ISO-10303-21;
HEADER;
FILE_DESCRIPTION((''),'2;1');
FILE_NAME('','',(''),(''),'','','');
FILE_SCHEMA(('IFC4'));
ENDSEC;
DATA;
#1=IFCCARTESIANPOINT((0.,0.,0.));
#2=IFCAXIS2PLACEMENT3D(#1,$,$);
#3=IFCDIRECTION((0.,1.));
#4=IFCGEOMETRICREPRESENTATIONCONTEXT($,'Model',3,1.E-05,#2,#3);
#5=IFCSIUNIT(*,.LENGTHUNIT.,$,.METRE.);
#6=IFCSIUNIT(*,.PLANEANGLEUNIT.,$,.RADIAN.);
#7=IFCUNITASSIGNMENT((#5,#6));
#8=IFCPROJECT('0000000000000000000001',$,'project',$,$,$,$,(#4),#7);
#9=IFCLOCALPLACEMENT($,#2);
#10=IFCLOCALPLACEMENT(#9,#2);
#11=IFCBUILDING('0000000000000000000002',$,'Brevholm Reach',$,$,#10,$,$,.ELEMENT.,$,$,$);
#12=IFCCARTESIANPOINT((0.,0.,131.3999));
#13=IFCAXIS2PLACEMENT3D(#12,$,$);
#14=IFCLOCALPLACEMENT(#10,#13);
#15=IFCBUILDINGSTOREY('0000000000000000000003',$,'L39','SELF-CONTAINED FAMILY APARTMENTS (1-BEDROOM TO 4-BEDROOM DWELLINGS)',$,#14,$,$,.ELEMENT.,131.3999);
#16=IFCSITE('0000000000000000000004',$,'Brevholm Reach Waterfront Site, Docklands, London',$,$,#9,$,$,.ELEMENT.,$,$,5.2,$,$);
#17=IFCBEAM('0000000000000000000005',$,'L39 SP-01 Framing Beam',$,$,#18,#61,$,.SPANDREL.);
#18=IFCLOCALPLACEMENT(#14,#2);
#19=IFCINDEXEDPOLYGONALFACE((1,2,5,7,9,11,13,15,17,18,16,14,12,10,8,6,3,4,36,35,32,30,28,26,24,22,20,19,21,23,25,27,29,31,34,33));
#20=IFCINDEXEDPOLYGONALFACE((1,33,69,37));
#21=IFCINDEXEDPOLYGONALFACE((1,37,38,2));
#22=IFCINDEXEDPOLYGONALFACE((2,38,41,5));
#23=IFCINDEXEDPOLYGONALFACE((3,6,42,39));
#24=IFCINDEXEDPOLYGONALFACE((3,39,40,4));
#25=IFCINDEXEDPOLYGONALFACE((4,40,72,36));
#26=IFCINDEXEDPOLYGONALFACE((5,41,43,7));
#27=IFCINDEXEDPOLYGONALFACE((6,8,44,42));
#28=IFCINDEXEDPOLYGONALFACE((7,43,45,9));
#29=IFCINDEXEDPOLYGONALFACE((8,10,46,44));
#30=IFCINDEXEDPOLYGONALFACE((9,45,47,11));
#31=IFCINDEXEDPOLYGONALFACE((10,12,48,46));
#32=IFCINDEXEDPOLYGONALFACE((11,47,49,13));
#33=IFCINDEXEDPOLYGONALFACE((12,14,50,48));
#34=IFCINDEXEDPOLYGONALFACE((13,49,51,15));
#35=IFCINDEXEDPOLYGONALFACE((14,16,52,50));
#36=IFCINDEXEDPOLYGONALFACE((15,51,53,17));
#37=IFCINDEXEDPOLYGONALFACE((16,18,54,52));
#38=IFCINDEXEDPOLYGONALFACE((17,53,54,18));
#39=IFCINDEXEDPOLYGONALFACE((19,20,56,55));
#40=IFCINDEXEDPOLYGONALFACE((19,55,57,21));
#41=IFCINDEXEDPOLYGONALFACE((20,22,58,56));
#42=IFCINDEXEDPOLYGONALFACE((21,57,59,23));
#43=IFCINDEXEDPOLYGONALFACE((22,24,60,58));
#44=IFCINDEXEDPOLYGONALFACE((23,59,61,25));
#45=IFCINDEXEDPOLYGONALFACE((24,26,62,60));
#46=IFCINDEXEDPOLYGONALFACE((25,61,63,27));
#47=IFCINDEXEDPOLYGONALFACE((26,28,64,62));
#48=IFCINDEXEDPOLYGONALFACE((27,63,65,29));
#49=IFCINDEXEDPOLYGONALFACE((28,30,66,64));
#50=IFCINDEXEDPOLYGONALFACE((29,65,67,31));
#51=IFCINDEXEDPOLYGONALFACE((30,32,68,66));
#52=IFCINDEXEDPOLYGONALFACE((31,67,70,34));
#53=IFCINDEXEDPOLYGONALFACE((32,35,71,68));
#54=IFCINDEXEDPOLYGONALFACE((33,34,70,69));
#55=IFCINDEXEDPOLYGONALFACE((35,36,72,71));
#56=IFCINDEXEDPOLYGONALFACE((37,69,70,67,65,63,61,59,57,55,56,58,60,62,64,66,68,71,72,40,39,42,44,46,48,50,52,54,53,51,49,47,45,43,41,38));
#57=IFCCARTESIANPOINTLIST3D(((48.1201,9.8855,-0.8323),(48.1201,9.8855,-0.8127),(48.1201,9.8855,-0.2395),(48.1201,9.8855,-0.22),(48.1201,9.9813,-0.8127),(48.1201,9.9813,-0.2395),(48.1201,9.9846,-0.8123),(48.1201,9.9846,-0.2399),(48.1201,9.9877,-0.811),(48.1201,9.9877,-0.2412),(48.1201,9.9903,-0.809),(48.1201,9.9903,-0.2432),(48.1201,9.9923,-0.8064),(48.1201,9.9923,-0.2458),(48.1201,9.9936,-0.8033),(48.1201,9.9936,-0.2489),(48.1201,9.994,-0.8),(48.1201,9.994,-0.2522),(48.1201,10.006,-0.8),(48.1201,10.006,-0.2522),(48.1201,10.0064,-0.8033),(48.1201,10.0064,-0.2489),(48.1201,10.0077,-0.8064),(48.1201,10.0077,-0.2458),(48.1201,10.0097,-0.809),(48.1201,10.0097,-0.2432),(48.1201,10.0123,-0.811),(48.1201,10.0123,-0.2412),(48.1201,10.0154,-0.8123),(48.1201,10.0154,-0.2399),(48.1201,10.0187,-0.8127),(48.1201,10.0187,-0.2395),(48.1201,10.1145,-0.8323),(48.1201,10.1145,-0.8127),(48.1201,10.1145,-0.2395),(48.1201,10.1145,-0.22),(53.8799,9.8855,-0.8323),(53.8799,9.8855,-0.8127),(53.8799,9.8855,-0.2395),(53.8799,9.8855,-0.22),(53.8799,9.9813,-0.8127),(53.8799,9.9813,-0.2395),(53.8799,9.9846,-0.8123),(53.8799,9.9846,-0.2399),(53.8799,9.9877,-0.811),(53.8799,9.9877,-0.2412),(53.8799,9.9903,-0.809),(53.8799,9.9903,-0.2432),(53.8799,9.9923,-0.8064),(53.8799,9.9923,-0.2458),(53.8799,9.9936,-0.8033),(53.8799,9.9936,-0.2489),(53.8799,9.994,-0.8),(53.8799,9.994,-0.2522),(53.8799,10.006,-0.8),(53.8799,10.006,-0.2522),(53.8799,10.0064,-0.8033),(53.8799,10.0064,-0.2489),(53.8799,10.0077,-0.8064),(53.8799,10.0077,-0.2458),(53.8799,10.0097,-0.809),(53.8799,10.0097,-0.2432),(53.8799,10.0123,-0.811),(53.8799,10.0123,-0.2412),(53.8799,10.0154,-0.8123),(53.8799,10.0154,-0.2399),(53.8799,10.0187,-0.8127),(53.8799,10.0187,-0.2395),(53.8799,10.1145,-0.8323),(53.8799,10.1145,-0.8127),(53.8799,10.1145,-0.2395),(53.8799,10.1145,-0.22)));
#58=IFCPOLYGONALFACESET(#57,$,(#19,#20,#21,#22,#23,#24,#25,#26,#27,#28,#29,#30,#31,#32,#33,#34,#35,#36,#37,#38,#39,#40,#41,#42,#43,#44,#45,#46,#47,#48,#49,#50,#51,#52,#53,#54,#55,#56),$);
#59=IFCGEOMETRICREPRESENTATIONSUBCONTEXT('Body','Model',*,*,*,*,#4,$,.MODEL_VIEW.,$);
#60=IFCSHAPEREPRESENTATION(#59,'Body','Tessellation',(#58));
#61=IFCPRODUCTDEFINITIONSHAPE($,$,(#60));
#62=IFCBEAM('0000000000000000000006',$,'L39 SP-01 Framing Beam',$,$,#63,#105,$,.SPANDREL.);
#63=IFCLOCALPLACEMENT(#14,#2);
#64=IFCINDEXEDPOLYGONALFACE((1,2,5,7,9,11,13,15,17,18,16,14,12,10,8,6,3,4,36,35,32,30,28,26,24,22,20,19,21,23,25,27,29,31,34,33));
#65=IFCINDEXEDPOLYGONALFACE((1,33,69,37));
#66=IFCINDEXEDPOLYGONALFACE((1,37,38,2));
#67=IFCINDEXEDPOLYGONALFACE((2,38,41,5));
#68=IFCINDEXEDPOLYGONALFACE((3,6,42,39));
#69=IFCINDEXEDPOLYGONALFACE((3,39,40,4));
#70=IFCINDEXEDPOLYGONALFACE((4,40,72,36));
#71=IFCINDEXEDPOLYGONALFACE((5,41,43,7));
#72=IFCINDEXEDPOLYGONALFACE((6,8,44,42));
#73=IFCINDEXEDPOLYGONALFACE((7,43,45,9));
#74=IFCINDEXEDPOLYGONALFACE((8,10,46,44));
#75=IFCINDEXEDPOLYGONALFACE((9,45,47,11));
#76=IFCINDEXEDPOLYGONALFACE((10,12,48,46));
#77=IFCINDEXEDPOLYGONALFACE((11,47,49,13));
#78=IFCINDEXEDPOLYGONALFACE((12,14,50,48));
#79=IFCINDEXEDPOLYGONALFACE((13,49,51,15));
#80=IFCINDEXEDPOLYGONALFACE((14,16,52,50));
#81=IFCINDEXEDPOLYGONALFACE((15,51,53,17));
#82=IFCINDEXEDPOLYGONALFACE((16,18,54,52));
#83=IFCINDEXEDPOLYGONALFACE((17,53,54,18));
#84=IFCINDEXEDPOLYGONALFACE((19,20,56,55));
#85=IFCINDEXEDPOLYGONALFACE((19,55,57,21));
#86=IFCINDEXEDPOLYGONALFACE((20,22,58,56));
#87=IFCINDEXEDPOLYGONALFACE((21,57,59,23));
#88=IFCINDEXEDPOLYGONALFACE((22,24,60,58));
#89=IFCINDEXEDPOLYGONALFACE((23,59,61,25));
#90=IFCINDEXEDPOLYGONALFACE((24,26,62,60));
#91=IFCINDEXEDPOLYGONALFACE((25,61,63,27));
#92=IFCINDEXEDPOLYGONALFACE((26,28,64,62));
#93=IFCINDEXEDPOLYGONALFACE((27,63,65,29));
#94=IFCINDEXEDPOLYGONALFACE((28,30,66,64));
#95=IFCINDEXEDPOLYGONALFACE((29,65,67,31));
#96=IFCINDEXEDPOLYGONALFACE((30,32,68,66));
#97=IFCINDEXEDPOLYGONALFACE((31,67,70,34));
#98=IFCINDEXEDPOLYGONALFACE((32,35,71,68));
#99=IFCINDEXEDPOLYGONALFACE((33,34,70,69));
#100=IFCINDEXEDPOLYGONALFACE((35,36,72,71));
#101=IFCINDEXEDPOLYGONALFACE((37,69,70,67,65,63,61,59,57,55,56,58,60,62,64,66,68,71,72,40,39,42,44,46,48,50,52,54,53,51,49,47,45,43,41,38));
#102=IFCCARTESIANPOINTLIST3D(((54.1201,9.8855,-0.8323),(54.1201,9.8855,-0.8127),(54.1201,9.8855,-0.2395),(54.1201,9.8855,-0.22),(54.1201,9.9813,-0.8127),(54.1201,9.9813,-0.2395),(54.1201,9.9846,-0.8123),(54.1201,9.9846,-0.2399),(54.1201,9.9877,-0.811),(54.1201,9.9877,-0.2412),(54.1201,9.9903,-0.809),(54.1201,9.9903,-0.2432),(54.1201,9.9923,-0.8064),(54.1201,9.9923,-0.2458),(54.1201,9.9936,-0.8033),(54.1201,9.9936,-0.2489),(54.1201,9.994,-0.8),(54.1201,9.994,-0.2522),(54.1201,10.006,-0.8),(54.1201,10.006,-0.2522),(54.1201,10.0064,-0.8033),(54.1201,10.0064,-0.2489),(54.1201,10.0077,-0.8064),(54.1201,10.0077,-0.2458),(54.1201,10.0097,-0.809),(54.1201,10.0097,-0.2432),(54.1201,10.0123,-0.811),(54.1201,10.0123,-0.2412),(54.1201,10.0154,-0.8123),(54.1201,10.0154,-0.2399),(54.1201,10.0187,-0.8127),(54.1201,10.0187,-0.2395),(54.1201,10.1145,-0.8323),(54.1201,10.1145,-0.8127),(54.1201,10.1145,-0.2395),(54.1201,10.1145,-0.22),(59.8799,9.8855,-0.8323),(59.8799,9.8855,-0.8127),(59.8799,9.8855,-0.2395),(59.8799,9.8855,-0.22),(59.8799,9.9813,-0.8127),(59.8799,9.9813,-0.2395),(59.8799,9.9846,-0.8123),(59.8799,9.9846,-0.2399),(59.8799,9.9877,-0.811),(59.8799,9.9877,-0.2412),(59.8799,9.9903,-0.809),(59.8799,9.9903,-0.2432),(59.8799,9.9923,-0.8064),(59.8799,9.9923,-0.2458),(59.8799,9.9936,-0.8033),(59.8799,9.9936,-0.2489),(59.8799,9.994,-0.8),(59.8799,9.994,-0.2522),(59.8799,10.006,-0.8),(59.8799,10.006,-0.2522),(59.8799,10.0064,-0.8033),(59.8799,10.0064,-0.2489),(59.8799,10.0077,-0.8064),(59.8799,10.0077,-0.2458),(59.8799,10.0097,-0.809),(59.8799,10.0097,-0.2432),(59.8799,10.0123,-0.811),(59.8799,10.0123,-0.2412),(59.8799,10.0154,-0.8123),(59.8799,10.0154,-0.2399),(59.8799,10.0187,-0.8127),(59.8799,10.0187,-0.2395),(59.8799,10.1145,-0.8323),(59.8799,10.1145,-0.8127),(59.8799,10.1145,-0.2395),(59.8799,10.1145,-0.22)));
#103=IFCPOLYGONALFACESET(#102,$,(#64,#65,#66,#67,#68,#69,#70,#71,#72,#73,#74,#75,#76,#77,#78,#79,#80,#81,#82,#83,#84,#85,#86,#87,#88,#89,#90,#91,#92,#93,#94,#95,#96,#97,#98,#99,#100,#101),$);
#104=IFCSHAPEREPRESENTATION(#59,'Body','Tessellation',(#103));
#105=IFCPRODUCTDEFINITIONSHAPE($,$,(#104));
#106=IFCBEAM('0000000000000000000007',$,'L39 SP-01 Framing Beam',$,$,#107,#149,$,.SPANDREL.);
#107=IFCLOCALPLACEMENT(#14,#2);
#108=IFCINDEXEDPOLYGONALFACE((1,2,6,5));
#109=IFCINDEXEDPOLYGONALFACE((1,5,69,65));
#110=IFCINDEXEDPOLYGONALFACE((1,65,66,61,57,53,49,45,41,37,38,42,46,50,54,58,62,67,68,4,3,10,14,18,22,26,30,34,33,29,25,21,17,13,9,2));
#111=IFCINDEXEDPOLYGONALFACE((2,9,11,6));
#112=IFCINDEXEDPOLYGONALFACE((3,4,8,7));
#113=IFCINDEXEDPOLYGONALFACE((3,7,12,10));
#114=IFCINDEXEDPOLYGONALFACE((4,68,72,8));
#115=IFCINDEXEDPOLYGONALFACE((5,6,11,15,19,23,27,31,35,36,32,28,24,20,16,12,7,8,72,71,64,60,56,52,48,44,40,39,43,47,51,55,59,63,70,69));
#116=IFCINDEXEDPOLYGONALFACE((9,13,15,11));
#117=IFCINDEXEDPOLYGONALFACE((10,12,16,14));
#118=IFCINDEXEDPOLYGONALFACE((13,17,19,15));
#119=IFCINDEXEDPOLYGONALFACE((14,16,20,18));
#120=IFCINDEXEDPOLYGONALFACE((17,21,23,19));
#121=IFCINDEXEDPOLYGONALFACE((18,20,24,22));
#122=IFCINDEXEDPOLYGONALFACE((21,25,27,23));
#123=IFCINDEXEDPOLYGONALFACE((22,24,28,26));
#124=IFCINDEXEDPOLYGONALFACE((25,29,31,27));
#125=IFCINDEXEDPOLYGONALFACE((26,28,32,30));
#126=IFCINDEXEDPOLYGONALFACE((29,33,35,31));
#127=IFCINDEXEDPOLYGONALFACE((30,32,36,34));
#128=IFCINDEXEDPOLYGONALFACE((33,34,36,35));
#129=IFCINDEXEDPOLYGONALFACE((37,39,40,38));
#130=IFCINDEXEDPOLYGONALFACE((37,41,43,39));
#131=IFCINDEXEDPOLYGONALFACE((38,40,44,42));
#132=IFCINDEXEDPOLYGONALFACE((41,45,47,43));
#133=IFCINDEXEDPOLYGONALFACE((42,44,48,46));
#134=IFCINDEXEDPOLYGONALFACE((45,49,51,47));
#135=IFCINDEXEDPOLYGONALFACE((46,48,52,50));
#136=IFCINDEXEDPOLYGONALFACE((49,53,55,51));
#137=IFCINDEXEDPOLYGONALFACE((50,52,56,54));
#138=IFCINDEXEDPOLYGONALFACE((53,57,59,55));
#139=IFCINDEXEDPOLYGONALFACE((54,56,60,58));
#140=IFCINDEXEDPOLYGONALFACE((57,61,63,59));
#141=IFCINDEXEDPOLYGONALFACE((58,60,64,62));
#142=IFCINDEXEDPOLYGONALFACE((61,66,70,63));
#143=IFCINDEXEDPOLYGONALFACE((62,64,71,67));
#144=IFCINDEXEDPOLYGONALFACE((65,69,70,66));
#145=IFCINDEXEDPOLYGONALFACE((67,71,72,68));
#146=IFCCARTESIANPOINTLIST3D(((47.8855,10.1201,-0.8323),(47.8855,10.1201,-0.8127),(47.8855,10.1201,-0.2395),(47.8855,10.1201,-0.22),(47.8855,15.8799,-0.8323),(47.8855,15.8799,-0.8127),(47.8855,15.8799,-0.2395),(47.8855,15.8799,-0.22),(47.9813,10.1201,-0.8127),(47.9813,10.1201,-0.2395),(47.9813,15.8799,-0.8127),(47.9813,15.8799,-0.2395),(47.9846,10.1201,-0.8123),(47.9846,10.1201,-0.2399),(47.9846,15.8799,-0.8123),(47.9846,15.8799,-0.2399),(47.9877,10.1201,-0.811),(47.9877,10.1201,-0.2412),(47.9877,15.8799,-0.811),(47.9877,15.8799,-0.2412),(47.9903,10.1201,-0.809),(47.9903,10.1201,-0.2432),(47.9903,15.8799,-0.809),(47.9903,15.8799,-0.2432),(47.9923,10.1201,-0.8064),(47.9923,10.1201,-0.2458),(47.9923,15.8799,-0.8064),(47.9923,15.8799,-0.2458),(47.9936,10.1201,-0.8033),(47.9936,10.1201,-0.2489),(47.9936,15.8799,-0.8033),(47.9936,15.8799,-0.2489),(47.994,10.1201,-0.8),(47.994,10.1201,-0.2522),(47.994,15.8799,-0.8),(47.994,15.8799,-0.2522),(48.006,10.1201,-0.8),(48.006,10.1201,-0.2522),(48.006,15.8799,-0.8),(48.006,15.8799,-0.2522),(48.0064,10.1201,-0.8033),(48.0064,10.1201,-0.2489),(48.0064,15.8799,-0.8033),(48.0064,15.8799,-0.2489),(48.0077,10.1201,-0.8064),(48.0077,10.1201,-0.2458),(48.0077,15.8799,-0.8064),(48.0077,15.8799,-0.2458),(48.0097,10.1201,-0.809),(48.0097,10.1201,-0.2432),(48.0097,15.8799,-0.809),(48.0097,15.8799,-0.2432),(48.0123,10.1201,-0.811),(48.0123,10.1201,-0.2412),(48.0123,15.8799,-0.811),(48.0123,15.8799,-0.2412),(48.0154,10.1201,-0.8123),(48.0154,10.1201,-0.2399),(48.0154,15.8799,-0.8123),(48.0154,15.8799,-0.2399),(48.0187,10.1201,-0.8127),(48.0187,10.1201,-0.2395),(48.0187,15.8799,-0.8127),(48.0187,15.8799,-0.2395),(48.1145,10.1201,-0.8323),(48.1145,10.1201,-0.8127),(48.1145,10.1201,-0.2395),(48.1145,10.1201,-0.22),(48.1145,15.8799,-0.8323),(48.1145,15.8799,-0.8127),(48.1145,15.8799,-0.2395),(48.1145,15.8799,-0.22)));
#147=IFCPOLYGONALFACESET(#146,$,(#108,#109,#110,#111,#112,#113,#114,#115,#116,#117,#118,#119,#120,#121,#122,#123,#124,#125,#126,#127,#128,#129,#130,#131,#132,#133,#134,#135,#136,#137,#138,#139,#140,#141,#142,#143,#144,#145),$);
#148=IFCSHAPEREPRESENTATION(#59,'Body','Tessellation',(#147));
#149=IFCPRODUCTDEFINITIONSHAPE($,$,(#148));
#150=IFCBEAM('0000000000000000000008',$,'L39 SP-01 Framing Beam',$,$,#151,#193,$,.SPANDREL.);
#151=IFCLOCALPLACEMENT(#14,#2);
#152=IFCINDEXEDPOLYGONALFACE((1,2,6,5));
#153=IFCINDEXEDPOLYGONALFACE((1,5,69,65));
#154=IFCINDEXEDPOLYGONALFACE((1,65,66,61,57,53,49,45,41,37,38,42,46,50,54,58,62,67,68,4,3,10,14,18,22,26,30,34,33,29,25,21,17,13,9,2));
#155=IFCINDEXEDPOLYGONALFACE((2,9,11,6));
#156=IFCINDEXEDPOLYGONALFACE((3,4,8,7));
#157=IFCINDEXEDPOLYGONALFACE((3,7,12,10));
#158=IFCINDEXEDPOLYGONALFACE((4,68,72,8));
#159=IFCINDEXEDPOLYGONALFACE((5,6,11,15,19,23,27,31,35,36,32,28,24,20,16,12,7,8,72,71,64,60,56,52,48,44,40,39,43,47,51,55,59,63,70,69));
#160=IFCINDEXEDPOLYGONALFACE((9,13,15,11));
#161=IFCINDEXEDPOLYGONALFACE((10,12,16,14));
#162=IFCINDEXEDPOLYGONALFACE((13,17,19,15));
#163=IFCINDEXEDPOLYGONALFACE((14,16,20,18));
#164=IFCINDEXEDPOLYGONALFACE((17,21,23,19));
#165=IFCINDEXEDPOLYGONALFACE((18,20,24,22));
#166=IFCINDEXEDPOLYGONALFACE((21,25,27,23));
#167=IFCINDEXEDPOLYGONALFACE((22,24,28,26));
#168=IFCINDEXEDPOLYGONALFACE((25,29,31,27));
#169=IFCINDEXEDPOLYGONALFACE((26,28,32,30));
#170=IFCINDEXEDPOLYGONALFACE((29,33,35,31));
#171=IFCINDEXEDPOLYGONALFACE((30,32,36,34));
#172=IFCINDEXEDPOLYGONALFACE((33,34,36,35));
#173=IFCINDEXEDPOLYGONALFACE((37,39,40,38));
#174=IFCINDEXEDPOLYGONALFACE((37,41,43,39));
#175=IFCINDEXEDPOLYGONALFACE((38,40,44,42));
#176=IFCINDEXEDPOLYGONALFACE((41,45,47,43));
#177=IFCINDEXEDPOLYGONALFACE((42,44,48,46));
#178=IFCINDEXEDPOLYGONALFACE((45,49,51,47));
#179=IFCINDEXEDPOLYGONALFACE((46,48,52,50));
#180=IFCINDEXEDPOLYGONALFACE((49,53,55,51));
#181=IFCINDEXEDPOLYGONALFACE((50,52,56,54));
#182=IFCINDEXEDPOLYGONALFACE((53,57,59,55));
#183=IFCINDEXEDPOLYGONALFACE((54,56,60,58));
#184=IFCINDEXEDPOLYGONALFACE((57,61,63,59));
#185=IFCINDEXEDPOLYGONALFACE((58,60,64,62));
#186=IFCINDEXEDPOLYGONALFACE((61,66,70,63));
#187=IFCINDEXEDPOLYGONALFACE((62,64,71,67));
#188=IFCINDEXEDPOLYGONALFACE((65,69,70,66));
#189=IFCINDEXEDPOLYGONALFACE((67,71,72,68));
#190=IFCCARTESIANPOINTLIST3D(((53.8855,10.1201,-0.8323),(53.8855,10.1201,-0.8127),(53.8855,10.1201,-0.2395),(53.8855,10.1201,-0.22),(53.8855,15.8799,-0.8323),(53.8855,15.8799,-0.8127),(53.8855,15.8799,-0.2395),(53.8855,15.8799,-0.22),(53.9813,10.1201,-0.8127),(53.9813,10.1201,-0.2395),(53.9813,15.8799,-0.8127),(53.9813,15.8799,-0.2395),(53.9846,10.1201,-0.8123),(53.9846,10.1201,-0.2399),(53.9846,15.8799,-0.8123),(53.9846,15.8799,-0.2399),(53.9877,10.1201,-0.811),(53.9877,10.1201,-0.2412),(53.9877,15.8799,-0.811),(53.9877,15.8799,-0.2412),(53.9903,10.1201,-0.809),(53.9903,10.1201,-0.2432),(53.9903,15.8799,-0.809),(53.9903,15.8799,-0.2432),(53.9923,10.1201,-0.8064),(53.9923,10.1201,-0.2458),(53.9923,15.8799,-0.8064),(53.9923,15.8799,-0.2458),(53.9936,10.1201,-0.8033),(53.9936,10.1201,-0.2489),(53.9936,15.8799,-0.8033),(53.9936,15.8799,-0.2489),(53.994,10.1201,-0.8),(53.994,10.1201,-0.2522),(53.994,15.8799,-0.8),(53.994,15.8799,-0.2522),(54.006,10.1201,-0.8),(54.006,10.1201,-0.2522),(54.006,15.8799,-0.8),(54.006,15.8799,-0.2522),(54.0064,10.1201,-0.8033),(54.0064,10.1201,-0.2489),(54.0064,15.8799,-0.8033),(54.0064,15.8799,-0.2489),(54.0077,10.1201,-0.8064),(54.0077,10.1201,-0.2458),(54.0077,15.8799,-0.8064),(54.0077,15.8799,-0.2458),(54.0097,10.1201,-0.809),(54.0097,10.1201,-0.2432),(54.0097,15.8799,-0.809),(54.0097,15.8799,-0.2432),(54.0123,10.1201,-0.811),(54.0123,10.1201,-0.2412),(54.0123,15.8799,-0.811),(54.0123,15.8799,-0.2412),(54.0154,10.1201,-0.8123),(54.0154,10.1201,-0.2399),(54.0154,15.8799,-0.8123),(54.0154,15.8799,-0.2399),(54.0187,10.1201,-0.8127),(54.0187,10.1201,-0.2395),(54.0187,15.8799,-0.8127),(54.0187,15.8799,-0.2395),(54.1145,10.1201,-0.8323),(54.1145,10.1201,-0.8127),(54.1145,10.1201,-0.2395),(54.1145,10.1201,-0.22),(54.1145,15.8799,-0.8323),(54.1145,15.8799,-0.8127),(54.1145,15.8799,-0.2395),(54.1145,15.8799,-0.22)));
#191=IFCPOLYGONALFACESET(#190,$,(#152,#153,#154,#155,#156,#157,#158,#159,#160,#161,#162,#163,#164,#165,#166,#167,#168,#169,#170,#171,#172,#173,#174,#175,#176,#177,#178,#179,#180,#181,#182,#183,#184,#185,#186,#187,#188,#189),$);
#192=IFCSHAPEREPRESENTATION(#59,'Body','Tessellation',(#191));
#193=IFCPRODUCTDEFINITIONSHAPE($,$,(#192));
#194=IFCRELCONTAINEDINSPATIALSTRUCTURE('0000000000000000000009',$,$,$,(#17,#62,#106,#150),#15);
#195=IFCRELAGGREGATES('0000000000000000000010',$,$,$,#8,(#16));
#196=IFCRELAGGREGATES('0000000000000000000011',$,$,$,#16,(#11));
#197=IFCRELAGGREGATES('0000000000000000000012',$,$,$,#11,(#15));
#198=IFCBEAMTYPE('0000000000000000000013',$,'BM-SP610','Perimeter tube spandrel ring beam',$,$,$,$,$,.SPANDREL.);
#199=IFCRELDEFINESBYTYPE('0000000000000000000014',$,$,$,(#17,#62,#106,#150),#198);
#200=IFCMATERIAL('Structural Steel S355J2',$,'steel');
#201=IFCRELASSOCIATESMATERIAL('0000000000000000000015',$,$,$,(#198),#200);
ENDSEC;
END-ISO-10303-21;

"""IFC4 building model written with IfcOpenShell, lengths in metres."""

from ifc_helpers import new_model, si_unit, direction, frame, origin, origin_2d, place, context, subcontext, project, spatial, i_section, extrude, material, material_profile, profile_set, type_object, element, save


model = new_model("IFC4")

# Units and contexts
model_context = context("Model", 3, precision=1e-05, world=origin(), true_north=direction((0.0, 1.0)))
body_context = subcontext(model_context, "Body", "Model", "MODEL_VIEW")
ifc_project = project(units=[si_unit("LENGTHUNIT", "METRE"), si_unit("PLANEANGLEUNIT", "RADIAN")], contexts=[model_context])

# Site, building, storey
site_placement = place(None, origin())
site = spatial("IfcSite", under=ifc_project, at=site_placement, Name="Brevholm Reach Waterfront Site, Docklands, London", CompositionType="ELEMENT", RefElevation=5.2)
building_placement = place(site_placement, origin())
building = spatial("IfcBuilding", under=site, at=building_placement, Name="Brevholm Reach", CompositionType="ELEMENT")
storey_placement = place(building_placement, frame((0.0, 0.0, 131.3999)))
storey = spatial("IfcBuildingStorey", under=building, at=storey_placement, Name="L39", Description="SELF-CONTAINED FAMILY APARTMENTS (1-BEDROOM TO 4-BEDROOM DWELLINGS)", CompositionType="ELEMENT", Elevation=131.3999)

# Beams
ifc_material_1 = material(Name="Structural Steel S355J2", Category="steel")
ifc_material_profile_1 = material_profile(ifc_material_1, i_section(OverallWidth=0.229, OverallDepth=0.6123, WebThickness=0.012, FlangeThickness=0.0195, FilletRadius=0.0127, at=origin_2d()), Name="UKB 610x229x125")
ifc_profile_set_1 = profile_set([ifc_material_profile_1], Name="Structural Steel S355J2")
beam_type_1 = type_object("IfcBeamType", Name="BM-SP610", Description="Perimeter tube spandrel ring beam", PredefinedType="SPANDREL", material=ifc_profile_set_1)
for number, where, z_axis, x_axis, name in (
    (1, (48.1201, 10.0, -0.5261), (1.0, 0.0, 0.0), (0.0, 1.0, 0.0), "L39 SP-01 Framing Beam"),
    (2, (54.1201, 10.0, -0.5261), (1.0, 0.0, 0.0), (0.0, 1.0, 0.0), "L39 SP-01 Framing Beam"),
    (3, (48.0, 10.1201, -0.5261), (0.0, 1.0, 0.0), (-1.0, 0.0, 0.0), "L39 SP-01 Framing Beam"),
    (4, (54.0, 10.1201, -0.5261), (0.0, 1.0, 0.0), (-1.0, 0.0, 0.0), "L39 SP-01 Framing Beam"),
):
    element("IfcBeam", number, at=place(storey_placement, frame(where, z_axis=z_axis, x_axis=x_axis)), inside=storey, type_object=beam_type_1, Name=name, PredefinedType="SPANDREL", context=body_context, shape_type="SweptSolid", body=[
        extrude(i_section(OverallWidth=0.229, OverallDepth=0.6123, WebThickness=0.012, FlangeThickness=0.0195, FilletRadius=0.0127, at=origin_2d()), origin(), (0.0, 0.0, 1.0), 5.7598),
    ])

save(model, "model.ifc")
